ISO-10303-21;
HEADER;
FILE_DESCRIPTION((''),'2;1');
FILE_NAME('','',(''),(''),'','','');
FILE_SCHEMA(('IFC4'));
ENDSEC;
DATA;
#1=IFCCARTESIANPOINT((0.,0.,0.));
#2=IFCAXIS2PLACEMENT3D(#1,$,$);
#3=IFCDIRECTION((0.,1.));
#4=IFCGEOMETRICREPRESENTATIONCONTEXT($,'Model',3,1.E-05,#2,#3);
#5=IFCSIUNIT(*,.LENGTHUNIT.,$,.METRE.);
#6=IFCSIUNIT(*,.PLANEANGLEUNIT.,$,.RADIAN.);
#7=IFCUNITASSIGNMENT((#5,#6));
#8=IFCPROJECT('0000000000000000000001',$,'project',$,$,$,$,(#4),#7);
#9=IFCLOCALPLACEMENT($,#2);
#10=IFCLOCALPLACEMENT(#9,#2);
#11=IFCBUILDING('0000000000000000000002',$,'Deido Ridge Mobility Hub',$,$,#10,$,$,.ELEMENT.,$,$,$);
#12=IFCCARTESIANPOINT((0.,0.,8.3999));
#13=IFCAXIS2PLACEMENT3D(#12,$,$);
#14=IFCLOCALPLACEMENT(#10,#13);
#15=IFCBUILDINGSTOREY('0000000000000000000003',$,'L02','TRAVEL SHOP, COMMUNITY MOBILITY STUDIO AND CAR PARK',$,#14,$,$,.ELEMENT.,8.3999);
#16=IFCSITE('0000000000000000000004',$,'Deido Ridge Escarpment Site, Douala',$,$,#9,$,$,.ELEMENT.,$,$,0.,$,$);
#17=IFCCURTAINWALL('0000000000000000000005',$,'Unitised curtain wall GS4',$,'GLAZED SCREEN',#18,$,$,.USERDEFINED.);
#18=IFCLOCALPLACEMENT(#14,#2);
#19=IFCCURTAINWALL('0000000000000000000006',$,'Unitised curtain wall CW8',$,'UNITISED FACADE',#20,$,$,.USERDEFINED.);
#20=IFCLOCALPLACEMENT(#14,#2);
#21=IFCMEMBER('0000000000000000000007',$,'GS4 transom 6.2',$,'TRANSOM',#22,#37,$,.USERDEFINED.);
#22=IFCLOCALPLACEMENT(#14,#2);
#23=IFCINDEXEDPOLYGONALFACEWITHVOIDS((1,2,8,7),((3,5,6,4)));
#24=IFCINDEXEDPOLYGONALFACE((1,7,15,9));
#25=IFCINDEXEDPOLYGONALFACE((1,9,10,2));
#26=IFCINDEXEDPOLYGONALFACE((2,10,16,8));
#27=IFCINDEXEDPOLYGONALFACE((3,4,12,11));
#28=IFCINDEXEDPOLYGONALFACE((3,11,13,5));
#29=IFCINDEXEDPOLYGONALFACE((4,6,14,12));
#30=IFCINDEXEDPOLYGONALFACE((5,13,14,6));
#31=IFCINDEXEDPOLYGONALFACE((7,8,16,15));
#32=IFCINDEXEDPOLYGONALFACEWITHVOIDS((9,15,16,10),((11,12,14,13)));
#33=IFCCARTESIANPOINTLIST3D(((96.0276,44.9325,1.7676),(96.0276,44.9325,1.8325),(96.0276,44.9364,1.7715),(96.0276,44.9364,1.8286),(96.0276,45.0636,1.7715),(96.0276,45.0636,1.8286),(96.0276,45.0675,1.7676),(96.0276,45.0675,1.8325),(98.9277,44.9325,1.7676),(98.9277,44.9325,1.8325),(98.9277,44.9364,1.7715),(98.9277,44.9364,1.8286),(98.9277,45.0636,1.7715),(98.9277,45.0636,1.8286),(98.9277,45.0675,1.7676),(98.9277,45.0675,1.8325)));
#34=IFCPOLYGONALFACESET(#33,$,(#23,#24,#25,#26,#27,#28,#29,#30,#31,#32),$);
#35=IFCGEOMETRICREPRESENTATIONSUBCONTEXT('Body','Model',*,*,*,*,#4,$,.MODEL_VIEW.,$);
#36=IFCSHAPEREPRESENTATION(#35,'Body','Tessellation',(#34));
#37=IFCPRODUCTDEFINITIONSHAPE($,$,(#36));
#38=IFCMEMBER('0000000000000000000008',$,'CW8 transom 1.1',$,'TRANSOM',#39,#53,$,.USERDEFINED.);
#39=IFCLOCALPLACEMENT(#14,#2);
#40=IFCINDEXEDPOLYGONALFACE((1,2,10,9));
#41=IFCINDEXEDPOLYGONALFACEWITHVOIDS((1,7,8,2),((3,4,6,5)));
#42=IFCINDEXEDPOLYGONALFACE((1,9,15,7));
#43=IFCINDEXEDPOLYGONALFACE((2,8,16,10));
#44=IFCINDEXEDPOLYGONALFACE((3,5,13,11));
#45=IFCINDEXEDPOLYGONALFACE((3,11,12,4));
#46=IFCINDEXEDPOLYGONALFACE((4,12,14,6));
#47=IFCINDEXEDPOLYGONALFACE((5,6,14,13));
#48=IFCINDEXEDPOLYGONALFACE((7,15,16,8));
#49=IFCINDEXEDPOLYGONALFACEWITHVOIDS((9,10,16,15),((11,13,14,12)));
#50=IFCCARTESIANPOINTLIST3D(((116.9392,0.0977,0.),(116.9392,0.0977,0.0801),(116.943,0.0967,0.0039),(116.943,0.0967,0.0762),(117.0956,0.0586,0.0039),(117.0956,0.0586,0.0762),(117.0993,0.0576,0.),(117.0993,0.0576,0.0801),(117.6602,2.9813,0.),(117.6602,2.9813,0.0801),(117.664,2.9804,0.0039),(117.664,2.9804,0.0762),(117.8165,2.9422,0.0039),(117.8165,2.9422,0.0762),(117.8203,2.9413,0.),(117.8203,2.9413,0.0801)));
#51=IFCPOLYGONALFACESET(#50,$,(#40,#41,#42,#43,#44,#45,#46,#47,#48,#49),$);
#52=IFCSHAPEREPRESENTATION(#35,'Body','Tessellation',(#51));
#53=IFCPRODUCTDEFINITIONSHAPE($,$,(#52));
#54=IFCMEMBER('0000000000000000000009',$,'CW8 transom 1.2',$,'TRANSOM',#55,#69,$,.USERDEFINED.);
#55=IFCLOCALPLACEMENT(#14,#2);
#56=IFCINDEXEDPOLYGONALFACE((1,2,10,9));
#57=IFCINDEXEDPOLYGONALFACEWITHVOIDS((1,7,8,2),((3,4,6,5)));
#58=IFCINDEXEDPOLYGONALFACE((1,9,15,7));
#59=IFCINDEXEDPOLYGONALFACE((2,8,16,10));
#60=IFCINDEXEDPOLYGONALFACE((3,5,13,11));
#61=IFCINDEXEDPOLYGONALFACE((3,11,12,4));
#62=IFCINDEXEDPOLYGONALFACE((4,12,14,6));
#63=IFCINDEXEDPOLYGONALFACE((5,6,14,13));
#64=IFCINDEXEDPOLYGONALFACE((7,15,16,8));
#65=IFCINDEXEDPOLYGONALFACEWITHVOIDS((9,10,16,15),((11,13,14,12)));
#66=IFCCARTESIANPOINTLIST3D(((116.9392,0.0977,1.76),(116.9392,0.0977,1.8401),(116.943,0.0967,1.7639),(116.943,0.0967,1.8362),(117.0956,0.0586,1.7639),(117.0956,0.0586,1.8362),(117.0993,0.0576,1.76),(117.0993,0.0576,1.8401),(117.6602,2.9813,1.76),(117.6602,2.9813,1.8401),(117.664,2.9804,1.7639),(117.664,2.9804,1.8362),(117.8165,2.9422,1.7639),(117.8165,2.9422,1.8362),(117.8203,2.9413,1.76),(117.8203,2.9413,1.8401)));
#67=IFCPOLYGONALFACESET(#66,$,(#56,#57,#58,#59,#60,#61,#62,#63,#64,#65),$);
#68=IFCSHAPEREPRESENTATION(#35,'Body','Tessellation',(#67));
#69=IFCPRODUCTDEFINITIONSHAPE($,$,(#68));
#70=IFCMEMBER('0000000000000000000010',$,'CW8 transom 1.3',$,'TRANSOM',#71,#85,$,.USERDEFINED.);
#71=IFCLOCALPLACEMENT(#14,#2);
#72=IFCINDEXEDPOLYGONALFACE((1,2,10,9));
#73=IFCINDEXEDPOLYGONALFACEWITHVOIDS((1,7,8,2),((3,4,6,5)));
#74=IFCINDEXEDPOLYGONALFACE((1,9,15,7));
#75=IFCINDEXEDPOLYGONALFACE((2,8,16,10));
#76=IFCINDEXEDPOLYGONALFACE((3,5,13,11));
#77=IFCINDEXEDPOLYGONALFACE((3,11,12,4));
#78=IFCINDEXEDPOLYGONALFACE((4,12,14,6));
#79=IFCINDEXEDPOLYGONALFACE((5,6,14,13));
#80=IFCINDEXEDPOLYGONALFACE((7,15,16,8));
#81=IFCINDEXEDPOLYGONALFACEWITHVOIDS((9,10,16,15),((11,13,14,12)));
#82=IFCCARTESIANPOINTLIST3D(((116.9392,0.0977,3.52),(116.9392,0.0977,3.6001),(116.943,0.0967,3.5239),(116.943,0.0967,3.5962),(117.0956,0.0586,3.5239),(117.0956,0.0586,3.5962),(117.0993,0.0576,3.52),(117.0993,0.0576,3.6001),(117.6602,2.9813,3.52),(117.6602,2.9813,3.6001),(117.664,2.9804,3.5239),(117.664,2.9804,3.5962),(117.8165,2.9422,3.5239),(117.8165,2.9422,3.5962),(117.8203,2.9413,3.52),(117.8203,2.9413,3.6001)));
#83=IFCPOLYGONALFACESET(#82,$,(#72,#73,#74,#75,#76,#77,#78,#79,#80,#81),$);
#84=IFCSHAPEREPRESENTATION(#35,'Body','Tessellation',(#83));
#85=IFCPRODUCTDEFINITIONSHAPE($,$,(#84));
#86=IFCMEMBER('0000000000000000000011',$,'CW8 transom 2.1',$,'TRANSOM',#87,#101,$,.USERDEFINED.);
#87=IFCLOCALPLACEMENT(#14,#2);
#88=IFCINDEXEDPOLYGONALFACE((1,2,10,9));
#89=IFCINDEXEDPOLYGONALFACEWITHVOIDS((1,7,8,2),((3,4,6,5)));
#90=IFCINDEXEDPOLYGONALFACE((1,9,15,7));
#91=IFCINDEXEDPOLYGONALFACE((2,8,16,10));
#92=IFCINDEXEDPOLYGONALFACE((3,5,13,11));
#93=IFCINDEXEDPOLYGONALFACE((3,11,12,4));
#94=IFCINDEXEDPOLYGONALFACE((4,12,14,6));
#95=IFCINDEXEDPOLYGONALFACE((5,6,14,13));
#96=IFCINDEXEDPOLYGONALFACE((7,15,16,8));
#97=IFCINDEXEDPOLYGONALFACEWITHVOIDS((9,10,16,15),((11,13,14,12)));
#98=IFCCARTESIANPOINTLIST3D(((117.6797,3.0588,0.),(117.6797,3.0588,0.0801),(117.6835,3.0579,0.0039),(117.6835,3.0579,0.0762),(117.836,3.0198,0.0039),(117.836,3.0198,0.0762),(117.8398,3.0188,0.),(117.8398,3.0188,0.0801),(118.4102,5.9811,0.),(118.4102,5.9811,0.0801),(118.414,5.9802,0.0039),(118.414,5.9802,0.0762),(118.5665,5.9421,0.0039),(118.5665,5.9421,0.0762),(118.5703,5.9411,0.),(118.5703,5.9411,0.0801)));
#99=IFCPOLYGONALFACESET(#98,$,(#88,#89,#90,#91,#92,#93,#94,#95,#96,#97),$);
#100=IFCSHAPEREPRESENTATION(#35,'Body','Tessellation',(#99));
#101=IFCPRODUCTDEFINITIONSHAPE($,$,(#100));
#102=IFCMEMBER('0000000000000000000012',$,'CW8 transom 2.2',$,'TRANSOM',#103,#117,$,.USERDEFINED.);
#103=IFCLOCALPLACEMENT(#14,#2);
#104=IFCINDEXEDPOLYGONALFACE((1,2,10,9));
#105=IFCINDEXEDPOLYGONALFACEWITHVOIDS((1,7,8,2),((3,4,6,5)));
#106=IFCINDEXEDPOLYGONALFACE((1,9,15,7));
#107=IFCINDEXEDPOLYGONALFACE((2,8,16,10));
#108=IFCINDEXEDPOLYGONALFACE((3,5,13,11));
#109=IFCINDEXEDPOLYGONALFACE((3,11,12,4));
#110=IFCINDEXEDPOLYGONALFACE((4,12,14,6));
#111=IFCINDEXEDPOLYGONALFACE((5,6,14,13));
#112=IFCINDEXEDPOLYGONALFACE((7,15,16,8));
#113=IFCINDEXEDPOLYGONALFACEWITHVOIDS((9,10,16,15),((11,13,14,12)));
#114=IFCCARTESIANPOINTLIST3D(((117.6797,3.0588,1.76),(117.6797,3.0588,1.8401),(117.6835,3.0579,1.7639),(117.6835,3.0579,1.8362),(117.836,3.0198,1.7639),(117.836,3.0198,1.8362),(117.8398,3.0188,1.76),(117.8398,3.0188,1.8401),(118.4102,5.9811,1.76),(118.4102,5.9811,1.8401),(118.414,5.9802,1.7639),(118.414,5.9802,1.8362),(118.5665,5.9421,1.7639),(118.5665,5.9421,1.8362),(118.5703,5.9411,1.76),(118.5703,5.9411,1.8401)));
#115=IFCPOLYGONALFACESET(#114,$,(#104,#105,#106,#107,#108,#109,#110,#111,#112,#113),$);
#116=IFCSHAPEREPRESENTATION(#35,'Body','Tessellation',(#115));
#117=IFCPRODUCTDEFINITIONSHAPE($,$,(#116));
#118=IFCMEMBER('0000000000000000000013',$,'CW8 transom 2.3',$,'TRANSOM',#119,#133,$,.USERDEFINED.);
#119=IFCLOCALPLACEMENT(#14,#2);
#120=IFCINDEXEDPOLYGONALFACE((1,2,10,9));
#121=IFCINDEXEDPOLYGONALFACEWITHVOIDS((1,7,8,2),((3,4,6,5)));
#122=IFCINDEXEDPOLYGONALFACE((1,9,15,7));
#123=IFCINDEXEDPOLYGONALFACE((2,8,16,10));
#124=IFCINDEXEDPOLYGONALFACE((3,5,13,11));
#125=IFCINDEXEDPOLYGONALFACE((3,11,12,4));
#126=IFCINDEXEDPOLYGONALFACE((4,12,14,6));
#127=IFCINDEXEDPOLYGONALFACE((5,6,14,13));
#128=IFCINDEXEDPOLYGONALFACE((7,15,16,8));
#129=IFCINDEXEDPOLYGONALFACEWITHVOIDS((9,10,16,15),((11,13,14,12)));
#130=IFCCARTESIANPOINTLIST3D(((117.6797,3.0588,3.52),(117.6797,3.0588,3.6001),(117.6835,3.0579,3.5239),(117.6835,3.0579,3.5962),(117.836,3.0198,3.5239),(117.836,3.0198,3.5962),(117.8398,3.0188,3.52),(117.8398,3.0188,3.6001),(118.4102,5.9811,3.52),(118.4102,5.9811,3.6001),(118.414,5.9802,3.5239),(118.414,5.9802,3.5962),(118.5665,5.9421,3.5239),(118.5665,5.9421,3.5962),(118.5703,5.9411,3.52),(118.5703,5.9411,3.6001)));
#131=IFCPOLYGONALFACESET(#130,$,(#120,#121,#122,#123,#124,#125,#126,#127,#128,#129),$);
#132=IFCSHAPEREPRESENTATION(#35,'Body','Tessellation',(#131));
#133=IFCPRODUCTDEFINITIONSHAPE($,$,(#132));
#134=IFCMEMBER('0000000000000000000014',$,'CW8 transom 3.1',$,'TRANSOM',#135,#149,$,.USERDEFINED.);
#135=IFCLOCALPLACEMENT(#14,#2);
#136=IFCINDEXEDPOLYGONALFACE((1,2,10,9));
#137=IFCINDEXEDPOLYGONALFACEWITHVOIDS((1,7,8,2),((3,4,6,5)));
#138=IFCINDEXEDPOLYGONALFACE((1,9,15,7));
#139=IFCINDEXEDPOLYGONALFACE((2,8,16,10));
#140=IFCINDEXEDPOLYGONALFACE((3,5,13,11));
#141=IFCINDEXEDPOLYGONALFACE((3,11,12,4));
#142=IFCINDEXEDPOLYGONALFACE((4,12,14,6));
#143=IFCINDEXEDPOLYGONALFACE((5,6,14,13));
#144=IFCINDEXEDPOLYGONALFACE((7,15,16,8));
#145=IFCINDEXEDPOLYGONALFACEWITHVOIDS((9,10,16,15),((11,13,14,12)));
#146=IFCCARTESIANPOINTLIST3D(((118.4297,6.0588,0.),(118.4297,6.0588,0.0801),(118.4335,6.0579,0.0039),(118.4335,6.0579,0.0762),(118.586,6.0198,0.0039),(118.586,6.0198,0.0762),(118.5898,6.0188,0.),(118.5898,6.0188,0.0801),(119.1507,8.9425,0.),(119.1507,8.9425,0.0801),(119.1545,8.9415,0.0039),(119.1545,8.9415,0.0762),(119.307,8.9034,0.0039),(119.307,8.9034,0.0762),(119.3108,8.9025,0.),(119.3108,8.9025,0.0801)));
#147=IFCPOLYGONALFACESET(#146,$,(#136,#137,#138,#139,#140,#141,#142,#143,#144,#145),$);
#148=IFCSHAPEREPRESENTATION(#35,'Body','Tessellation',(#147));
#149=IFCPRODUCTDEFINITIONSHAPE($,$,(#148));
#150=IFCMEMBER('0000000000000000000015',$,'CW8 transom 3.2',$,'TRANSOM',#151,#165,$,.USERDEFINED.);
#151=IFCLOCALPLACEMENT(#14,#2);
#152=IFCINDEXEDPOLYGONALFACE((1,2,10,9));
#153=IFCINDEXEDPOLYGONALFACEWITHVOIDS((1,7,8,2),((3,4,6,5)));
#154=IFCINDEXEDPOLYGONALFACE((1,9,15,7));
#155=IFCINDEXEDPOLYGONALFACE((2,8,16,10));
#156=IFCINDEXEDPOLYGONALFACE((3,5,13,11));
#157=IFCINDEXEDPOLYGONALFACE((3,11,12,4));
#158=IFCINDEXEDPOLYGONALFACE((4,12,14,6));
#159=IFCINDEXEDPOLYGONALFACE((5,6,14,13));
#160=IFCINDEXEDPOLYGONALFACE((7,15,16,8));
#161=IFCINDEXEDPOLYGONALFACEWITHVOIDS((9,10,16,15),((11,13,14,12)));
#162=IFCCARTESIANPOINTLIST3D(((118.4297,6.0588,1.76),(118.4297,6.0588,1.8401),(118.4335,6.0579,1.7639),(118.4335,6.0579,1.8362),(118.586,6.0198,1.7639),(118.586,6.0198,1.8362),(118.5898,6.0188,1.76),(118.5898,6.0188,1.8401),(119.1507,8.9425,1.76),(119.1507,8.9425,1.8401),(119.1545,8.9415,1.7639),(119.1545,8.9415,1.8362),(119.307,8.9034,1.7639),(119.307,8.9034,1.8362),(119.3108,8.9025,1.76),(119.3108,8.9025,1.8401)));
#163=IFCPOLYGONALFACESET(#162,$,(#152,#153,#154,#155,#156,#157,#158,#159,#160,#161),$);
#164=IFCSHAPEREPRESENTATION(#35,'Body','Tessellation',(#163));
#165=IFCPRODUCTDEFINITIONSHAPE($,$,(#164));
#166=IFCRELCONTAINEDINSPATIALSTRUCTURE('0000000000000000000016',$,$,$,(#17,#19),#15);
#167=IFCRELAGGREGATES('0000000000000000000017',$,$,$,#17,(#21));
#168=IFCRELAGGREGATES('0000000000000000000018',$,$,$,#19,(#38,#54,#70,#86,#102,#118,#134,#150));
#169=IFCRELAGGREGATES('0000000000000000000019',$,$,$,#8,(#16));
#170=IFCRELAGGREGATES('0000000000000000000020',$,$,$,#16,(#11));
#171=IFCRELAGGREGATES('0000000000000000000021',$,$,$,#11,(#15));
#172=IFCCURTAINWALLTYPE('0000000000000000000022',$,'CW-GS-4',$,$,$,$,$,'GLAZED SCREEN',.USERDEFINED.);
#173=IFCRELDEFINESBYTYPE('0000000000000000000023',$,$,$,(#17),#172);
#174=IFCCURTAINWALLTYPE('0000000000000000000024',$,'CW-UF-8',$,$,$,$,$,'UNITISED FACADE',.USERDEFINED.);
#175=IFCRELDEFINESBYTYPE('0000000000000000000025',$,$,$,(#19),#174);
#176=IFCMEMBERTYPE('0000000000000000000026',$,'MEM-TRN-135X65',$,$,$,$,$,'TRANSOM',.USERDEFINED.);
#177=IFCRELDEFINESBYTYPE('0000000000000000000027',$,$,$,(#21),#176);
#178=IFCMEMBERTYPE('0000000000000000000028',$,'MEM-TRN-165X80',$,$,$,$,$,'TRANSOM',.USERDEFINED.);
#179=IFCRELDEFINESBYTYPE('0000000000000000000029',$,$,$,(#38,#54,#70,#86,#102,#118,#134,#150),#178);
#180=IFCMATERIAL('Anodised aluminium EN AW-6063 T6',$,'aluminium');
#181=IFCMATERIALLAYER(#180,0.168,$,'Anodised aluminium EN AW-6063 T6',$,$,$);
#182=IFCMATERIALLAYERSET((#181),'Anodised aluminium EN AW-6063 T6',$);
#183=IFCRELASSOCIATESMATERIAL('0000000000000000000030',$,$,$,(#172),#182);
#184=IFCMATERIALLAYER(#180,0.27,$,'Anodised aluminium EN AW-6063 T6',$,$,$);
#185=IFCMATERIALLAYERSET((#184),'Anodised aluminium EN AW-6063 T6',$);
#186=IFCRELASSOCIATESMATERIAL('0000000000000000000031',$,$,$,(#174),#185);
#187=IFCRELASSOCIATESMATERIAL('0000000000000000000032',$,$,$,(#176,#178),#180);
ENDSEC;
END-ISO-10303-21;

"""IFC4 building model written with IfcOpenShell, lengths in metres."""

from ifc_helpers import new_model, si_unit, direction, frame, origin, origin_2d, place, context, subcontext, project, spatial, hollow_rectangle, extrude, material, layer, layer_set, material_profile, profile_set, type_object, element, aggregate, save


model = new_model("IFC4")

# Units and contexts
model_context = context("Model", 3, precision=1e-05, world=origin(), true_north=direction((0.0, 1.0)))
body_context = subcontext(model_context, "Body", "Model", "MODEL_VIEW")
ifc_project = project(units=[si_unit("LENGTHUNIT", "METRE"), si_unit("PLANEANGLEUNIT", "RADIAN")], contexts=[model_context])

# Site, building, storey
site_placement = place(None, origin())
site = spatial("IfcSite", under=ifc_project, at=site_placement, Name="Deido Ridge Escarpment Site, Douala", CompositionType="ELEMENT", RefElevation=0.0)
building_placement = place(site_placement, origin())
building = spatial("IfcBuilding", under=site, at=building_placement, Name="Deido Ridge Mobility Hub", CompositionType="ELEMENT")
storey_placement = place(building_placement, frame((0.0, 0.0, 8.3999)))
storey = spatial("IfcBuildingStorey", under=building, at=storey_placement, Name="L02", Description="TRAVEL SHOP, COMMUNITY MOBILITY STUDIO AND CAR PARK", CompositionType="ELEMENT", Elevation=8.3999)

# Curtain walls
ifc_material_1 = material(Name="Anodised aluminium EN AW-6063 T6", Category="aluminium")
ifc_layer_1 = layer(ifc_material_1, 0.168, Name="Anodised aluminium EN AW-6063 T6")
ifc_layer_set_1 = layer_set([ifc_layer_1], Name="Anodised aluminium EN AW-6063 T6")
curtain_wall_type_1 = type_object("IfcCurtainWallType", Name="CW-GS-4", ElementType="GLAZED SCREEN", PredefinedType="USERDEFINED", material=ifc_layer_set_1)
curtain_wall_1_placement = place(storey_placement, origin())
curtain_wall_1 = element("IfcCurtainWall", 1, at=curtain_wall_1_placement, inside=storey, type_object=curtain_wall_type_1, Name="Unitised curtain wall GS4", ObjectType="GLAZED SCREEN", PredefinedType="USERDEFINED")
ifc_layer_2 = layer(ifc_material_1, 0.27, Name="Anodised aluminium EN AW-6063 T6")
ifc_layer_set_2 = layer_set([ifc_layer_2], Name="Anodised aluminium EN AW-6063 T6")
curtain_wall_type_2 = type_object("IfcCurtainWallType", Name="CW-UF-8", ElementType="UNITISED FACADE", PredefinedType="USERDEFINED", material=ifc_layer_set_2)
curtain_wall_2_placement = place(storey_placement, origin())
curtain_wall_2 = element("IfcCurtainWall", 2, at=curtain_wall_2_placement, inside=storey, type_object=curtain_wall_type_2, Name="Unitised curtain wall CW8", ObjectType="UNITISED FACADE", PredefinedType="USERDEFINED")

# Members
ifc_material_profile_1 = material_profile(ifc_material_1, hollow_rectangle(XDim=0.135, YDim=0.0649, WallThickness=0.0039, at=origin_2d()), Name="RHS 135x65x4")
ifc_profile_set_1 = profile_set([ifc_material_profile_1], Name="Anodised aluminium EN AW-6063 T6")
member_type_1 = type_object("IfcMemberType", Name="MEM-TRN-135X65", ElementType="TRANSOM", PredefinedType="USERDEFINED", material=ifc_profile_set_1)
member_1_placement = place(storey_placement, frame((96.0276, 45.0, 1.8), z_axis=(1.0, 0.0, 0.0), x_axis=(0.0, 1.0, 0.0)))
member_1 = element("IfcMember", 3, at=member_1_placement, type_object=member_type_1, Name="GS4 transom 6.2", ObjectType="TRANSOM", PredefinedType="USERDEFINED", context=body_context, shape_type="SweptSolid", body=[
    extrude(hollow_rectangle(XDim=0.135, YDim=0.0649, WallThickness=0.0039, at=origin_2d()), origin(), (0.0, 0.0, 1.0), 2.9001),
])
ifc_material_profile_2 = material_profile(ifc_material_1, hollow_rectangle(XDim=0.165, YDim=0.0801, WallThickness=0.0039, at=origin_2d()), Name="RHS 165x80x4")
ifc_profile_set_2 = profile_set([ifc_material_profile_2], Name="Anodised aluminium EN AW-6063 T6")
member_type_2 = type_object("IfcMemberType", Name="MEM-TRN-165X80", ElementType="TRANSOM", PredefinedType="USERDEFINED", material=ifc_profile_set_2)
member_2_placement = place(storey_placement, frame((117.0193, 0.0776, 0.04), z_axis=(0.242555, 0.970138, 0.0), x_axis=(-0.970138, 0.242555, 0.0)))
member_2 = element("IfcMember", 4, at=member_2_placement, type_object=member_type_2, Name="CW8 transom 1.1", ObjectType="TRANSOM", PredefinedType="USERDEFINED", context=body_context, shape_type="SweptSolid", body=[
    extrude(hollow_rectangle(XDim=0.165, YDim=0.0801, WallThickness=0.0039, at=origin_2d()), origin(), (0.0, 0.0, 1.0), 2.9724),
])
member_3_placement = place(storey_placement, frame((117.0193, 0.0776, 1.8), z_axis=(0.242555, 0.970138, 0.0), x_axis=(-0.970138, 0.242555, 0.0)))
member_3 = element("IfcMember", 5, at=member_3_placement, type_object=member_type_2, Name="CW8 transom 1.2", ObjectType="TRANSOM", PredefinedType="USERDEFINED", context=body_context, shape_type="SweptSolid", body=[
    extrude(hollow_rectangle(XDim=0.165, YDim=0.0801, WallThickness=0.0039, at=origin_2d()), origin(), (0.0, 0.0, 1.0), 2.9724),
])
member_4_placement = place(storey_placement, frame((117.0193, 0.0776, 3.5601), z_axis=(0.242555, 0.970138, 0.0), x_axis=(-0.970138, 0.242555, 0.0)))
member_4 = element("IfcMember", 6, at=member_4_placement, type_object=member_type_2, Name="CW8 transom 1.3", ObjectType="TRANSOM", PredefinedType="USERDEFINED", context=body_context, shape_type="SweptSolid", body=[
    extrude(hollow_rectangle(XDim=0.165, YDim=0.0801, WallThickness=0.0039, at=origin_2d()), origin(), (0.0, 0.0, 1.0), 2.9724),
])
member_5_placement = place(storey_placement, frame((117.7598, 3.0388, 0.04), z_axis=(0.242497, 0.970152, 0.0), x_axis=(-0.970152, 0.242497, 0.0)))
member_5 = element("IfcMember", 7, at=member_5_placement, type_object=member_type_2, Name="CW8 transom 2.1", ObjectType="TRANSOM", PredefinedType="USERDEFINED", context=body_context, shape_type="SweptSolid", body=[
    extrude(hollow_rectangle(XDim=0.165, YDim=0.0801, WallThickness=0.0039, at=origin_2d()), origin(), (0.0, 0.0, 1.0), 3.0122),
])
member_6_placement = place(storey_placement, frame((117.7598, 3.0388, 1.8), z_axis=(0.242497, 0.970152, 0.0), x_axis=(-0.970152, 0.242497, 0.0)))
member_6 = element("IfcMember", 8, at=member_6_placement, type_object=member_type_2, Name="CW8 transom 2.2", ObjectType="TRANSOM", PredefinedType="USERDEFINED", context=body_context, shape_type="SweptSolid", body=[
    extrude(hollow_rectangle(XDim=0.165, YDim=0.0801, WallThickness=0.0039, at=origin_2d()), origin(), (0.0, 0.0, 1.0), 3.0122),
])
member_7_placement = place(storey_placement, frame((117.7598, 3.0388, 3.5601), z_axis=(0.242497, 0.970152, 0.0), x_axis=(-0.970152, 0.242497, 0.0)))
member_7 = element("IfcMember", 9, at=member_7_placement, type_object=member_type_2, Name="CW8 transom 2.3", ObjectType="TRANSOM", PredefinedType="USERDEFINED", context=body_context, shape_type="SweptSolid", body=[
    extrude(hollow_rectangle(XDim=0.165, YDim=0.0801, WallThickness=0.0039, at=origin_2d()), origin(), (0.0, 0.0, 1.0), 3.0122),
])
member_8_placement = place(storey_placement, frame((118.5098, 6.0388, 0.04), z_axis=(0.242555, 0.970138, 0.0), x_axis=(-0.970138, 0.242555, 0.0)))
member_8 = element("IfcMember", 10, at=member_8_placement, type_object=member_type_2, Name="CW8 transom 3.1", ObjectType="TRANSOM", PredefinedType="USERDEFINED", context=body_context, shape_type="SweptSolid", body=[
    extrude(hollow_rectangle(XDim=0.165, YDim=0.0801, WallThickness=0.0039, at=origin_2d()), origin(), (0.0, 0.0, 1.0), 2.9724),
])
member_9_placement = place(storey_placement, frame((118.5098, 6.0388, 1.8), z_axis=(0.242555, 0.970138, 0.0), x_axis=(-0.970138, 0.242555, 0.0)))
member_9 = element("IfcMember", 11, at=member_9_placement, type_object=member_type_2, Name="CW8 transom 3.2", ObjectType="TRANSOM", PredefinedType="USERDEFINED", context=body_context, shape_type="SweptSolid", body=[
    extrude(hollow_rectangle(XDim=0.165, YDim=0.0801, WallThickness=0.0039, at=origin_2d()), origin(), (0.0, 0.0, 1.0), 2.9724),
])

aggregate(curtain_wall_1, [member_1])
aggregate(curtain_wall_2, [member_2, member_3, member_4, member_5, member_6, member_7, member_8, member_9])

save(model, "model.ifc")
